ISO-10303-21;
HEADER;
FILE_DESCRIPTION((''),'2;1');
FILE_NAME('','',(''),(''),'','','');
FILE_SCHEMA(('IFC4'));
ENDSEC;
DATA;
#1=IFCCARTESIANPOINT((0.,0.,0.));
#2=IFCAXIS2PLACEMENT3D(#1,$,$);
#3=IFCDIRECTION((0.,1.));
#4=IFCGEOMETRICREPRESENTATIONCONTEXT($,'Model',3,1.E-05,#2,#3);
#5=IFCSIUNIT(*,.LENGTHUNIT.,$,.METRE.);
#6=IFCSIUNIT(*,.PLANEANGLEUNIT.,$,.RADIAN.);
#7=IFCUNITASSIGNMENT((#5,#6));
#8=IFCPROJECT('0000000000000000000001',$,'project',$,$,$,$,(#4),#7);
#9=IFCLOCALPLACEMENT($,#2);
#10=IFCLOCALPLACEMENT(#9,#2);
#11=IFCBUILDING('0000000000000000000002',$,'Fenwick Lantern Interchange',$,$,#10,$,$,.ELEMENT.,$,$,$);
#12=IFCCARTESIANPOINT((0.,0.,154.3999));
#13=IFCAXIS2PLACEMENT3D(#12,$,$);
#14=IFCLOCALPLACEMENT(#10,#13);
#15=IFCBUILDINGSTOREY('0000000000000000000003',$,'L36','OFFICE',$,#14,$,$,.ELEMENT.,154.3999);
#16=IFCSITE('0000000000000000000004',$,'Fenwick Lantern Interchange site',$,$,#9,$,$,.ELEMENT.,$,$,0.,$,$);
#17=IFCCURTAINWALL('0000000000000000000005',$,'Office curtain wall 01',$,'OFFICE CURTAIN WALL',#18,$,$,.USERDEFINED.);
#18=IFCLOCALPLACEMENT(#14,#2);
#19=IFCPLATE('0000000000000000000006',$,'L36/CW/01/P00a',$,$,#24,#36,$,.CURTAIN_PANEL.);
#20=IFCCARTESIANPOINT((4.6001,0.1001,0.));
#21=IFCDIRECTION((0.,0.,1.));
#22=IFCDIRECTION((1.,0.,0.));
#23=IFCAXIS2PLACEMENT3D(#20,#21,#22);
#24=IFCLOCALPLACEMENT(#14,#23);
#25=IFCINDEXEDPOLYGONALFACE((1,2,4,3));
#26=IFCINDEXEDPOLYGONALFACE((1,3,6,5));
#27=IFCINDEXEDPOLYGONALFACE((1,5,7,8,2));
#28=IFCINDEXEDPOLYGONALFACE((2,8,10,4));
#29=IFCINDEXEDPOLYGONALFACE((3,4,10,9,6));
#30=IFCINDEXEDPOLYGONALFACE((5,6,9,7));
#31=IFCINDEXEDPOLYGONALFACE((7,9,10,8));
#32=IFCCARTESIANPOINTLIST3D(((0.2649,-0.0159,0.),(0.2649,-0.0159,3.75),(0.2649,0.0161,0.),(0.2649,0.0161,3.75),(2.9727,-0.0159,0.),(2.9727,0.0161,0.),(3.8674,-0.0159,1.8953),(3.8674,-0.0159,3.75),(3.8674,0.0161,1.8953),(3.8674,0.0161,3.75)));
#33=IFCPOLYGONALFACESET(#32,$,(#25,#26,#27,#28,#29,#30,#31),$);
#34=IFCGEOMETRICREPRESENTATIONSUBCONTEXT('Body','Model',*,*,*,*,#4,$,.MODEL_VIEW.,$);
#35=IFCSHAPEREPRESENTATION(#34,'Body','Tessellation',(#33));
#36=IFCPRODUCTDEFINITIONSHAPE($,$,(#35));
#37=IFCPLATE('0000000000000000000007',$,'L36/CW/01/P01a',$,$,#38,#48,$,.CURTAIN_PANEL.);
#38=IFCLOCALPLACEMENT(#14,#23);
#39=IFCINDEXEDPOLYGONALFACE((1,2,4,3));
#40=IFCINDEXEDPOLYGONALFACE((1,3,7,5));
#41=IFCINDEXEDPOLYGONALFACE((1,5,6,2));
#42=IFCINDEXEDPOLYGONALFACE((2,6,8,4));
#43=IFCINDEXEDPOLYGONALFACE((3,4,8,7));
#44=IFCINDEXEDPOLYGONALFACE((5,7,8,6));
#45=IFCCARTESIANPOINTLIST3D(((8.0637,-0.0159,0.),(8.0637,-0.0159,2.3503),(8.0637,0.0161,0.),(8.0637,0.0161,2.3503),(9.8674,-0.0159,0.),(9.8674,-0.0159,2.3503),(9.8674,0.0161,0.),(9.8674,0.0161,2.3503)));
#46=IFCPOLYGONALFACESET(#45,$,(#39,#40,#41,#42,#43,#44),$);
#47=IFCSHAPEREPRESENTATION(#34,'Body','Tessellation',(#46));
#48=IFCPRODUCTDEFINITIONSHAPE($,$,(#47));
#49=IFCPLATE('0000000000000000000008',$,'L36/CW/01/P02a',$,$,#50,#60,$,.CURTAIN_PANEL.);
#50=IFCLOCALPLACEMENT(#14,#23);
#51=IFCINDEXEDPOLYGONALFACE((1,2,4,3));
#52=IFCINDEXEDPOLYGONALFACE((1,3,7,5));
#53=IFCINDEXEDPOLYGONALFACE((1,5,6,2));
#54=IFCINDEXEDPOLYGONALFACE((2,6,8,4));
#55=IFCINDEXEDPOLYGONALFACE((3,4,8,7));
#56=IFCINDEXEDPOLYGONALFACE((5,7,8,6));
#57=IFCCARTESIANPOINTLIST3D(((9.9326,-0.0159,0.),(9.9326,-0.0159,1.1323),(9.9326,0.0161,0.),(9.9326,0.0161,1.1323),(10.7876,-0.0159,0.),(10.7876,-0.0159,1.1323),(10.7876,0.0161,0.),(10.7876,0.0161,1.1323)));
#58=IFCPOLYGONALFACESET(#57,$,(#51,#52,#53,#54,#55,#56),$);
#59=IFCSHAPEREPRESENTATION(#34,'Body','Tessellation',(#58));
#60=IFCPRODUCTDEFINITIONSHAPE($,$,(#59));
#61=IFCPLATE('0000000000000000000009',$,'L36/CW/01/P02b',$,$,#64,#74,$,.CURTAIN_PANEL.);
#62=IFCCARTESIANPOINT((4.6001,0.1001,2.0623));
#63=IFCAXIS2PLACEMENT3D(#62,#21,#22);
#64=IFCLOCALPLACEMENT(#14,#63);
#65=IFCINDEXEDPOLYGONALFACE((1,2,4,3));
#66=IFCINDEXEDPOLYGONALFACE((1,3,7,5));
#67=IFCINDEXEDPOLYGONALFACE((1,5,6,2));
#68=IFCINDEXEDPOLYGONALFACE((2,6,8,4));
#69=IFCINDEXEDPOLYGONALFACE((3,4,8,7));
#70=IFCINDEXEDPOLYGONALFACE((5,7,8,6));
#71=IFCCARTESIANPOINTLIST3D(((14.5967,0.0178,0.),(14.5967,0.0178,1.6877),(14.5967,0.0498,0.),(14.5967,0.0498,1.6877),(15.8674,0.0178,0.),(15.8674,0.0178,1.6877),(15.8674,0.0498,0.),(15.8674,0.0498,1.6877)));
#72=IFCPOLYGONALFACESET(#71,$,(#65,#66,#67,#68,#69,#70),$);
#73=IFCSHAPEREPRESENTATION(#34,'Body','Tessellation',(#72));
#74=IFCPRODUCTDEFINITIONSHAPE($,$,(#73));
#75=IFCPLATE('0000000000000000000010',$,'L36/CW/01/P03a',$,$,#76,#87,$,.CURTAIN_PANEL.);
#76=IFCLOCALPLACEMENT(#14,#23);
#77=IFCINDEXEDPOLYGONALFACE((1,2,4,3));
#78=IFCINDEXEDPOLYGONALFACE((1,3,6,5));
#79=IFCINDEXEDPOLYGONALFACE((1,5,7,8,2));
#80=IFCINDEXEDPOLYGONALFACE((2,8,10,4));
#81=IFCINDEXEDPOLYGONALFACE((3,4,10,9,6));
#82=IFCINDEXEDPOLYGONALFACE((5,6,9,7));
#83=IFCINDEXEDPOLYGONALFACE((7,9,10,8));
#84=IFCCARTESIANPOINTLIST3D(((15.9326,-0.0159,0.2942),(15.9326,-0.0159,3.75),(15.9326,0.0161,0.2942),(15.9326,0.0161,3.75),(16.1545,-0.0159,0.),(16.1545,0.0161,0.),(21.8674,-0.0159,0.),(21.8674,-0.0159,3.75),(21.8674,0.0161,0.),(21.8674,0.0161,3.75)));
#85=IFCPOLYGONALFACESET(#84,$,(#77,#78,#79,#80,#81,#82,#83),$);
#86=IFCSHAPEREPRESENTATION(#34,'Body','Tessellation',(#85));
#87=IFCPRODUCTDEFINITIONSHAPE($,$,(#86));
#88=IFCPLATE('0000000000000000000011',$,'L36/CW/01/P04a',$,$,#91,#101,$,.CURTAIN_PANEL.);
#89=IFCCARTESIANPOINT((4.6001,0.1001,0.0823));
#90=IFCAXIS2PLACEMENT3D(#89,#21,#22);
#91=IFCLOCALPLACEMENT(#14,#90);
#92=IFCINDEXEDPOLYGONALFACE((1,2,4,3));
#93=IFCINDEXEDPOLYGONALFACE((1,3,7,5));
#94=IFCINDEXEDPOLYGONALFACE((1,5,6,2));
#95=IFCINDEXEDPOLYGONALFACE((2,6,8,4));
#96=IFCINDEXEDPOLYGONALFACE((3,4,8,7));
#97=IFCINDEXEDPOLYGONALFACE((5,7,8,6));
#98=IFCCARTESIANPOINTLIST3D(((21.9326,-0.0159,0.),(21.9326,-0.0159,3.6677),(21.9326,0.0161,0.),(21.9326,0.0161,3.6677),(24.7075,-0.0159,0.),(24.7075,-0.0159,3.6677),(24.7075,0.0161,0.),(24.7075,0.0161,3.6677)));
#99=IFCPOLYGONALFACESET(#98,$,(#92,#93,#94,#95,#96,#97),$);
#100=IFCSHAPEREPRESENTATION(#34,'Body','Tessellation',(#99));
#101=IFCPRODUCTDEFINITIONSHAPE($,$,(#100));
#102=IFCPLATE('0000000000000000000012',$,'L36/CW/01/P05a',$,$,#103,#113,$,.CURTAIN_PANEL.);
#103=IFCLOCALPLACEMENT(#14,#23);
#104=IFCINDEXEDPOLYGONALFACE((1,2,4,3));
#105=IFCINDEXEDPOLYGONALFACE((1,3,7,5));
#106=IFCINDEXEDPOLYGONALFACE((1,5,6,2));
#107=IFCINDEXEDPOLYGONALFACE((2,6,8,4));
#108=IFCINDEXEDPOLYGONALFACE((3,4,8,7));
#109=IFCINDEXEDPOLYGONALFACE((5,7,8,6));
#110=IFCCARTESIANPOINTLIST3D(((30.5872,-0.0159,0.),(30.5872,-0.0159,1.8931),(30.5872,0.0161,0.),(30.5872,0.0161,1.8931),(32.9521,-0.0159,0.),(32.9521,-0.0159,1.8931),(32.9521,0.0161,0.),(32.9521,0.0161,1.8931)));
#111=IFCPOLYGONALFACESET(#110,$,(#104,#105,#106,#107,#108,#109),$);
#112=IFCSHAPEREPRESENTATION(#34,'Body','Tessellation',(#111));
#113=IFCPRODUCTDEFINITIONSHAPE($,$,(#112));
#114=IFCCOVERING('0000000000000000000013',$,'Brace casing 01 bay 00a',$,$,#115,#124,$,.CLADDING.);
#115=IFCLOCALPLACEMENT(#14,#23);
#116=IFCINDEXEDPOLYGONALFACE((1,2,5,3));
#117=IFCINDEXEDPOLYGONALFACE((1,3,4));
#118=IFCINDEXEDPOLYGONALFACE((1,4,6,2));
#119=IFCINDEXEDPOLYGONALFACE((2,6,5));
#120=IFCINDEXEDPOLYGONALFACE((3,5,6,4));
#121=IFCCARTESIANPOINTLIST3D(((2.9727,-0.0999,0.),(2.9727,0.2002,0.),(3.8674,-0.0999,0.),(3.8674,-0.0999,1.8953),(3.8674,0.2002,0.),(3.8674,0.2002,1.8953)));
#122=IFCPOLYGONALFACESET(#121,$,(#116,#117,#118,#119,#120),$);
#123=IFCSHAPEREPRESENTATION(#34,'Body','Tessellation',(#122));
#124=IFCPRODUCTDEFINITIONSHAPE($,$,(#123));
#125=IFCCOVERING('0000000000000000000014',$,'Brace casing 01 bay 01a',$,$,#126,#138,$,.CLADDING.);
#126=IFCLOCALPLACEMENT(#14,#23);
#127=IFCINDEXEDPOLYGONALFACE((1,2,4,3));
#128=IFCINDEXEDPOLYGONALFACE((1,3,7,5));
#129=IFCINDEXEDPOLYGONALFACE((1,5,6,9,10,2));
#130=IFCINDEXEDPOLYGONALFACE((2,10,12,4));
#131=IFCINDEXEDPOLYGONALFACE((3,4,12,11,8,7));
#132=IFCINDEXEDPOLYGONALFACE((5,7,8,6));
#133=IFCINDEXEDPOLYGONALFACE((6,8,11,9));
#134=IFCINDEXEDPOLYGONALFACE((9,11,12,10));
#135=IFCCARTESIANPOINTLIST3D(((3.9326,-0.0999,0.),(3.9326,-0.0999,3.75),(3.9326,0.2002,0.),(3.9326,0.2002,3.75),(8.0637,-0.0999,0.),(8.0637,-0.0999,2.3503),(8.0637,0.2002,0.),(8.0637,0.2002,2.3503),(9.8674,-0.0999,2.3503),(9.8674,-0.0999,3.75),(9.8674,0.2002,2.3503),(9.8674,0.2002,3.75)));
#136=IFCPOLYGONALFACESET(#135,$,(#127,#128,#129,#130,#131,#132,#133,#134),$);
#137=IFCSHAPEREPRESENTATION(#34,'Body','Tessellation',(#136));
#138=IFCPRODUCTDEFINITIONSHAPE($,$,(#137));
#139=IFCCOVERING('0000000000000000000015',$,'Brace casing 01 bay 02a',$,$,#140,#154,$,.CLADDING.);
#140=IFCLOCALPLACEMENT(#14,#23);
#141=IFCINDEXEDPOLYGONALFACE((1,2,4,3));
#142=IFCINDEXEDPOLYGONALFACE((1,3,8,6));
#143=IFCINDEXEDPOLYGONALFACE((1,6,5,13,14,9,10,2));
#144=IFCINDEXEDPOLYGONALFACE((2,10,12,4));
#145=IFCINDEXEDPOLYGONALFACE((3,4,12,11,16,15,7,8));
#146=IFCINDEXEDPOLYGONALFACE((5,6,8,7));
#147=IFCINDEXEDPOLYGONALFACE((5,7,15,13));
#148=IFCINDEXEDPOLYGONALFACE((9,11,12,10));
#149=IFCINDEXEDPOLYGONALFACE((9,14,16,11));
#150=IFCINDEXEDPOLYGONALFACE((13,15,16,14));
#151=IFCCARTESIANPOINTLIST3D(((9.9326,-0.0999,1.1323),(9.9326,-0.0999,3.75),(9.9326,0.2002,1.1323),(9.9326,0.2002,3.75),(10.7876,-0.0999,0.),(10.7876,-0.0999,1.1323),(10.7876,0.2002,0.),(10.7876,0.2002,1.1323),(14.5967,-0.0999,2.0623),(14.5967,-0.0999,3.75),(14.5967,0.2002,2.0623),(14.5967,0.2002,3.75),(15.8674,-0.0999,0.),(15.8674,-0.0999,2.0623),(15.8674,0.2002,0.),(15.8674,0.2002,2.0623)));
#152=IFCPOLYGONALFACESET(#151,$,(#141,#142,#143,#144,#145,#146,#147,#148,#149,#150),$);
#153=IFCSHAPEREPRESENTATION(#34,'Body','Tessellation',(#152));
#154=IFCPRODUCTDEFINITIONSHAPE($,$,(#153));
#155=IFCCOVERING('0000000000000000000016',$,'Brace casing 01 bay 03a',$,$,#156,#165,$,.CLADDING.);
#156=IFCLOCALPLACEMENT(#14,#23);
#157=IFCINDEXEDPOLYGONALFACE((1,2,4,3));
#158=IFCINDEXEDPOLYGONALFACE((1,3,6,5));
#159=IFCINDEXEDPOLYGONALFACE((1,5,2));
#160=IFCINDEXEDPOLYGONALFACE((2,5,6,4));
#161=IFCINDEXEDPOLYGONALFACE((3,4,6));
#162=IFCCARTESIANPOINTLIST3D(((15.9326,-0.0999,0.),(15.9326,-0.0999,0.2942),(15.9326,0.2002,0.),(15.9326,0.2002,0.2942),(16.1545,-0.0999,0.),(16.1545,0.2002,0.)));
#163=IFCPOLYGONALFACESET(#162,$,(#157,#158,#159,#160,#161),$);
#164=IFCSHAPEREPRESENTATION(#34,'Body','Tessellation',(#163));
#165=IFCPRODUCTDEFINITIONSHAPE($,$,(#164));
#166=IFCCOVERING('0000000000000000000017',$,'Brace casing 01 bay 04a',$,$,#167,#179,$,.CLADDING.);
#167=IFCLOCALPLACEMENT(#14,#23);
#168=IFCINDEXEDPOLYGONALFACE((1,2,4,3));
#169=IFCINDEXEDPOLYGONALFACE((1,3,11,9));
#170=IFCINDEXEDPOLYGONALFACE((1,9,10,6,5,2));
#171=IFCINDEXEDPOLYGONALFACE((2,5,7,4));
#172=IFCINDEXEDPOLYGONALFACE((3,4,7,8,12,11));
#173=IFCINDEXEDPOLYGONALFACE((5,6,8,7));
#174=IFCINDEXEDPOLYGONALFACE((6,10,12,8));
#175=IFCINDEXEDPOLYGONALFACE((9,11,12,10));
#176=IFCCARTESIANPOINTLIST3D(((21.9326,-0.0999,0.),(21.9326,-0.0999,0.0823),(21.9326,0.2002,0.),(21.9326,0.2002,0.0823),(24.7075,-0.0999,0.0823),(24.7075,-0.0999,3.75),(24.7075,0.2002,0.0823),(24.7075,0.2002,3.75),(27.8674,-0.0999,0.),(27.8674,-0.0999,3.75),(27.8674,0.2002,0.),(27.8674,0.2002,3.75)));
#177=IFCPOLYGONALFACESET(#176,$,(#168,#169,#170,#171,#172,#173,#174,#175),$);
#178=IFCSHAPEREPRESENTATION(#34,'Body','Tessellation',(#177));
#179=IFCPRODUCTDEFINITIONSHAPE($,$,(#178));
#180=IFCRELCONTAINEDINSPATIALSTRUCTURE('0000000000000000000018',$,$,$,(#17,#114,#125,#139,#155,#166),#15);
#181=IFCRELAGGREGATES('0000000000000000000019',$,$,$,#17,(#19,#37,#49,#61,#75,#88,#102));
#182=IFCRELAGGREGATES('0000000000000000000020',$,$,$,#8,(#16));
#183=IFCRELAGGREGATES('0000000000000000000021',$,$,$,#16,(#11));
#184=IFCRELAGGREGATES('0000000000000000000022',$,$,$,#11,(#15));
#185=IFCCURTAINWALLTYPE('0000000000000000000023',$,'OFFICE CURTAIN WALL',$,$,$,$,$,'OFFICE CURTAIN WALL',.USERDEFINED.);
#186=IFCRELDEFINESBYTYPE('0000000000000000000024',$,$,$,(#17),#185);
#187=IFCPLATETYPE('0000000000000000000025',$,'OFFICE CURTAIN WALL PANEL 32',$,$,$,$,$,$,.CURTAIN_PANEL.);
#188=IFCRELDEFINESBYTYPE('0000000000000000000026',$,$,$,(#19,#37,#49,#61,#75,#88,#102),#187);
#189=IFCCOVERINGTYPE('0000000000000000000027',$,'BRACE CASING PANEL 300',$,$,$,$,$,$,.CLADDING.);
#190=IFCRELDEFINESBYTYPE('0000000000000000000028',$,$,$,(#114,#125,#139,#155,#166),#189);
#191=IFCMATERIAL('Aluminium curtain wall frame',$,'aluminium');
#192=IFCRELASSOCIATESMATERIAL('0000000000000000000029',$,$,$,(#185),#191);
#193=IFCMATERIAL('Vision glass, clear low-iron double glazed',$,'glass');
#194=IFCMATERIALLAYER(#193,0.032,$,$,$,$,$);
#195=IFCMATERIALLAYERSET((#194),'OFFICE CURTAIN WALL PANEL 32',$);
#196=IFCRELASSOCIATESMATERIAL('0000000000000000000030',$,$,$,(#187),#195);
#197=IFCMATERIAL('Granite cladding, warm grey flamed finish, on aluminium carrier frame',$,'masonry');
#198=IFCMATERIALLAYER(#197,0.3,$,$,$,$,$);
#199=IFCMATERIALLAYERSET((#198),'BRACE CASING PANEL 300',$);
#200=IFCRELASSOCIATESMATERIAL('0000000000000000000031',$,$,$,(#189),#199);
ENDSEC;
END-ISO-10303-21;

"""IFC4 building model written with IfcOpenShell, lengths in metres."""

from ifc_helpers import new_model, si_unit, direction, frame, origin, place, context, subcontext, project, spatial, polyline, outline, extrude, material, layer, layer_set, type_object, element, aggregate, save


model = new_model("IFC4")

# Units and contexts
model_context = context("Model", 3, precision=1e-05, world=origin(), true_north=direction((0.0, 1.0)))
body_context = subcontext(model_context, "Body", "Model", "MODEL_VIEW")
ifc_project = project(units=[si_unit("LENGTHUNIT", "METRE"), si_unit("PLANEANGLEUNIT", "RADIAN")], contexts=[model_context])

# Site, building, storey
site_placement = place(None, origin())
site = spatial("IfcSite", under=ifc_project, at=site_placement, Name="Fenwick Lantern Interchange site", CompositionType="ELEMENT", RefElevation=0.0)
building_placement = place(site_placement, origin())
building = spatial("IfcBuilding", under=site, at=building_placement, Name="Fenwick Lantern Interchange", CompositionType="ELEMENT")
storey_placement = place(building_placement, frame((0.0, 0.0, 154.3999)))
storey = spatial("IfcBuildingStorey", under=building, at=storey_placement, Name="L36", Description="OFFICE", CompositionType="ELEMENT", Elevation=154.3999)

# Shared definitions
ifc_material_1 = material(Name="Aluminium curtain wall frame", Category="aluminium")
curtain_wall_type = type_object("IfcCurtainWallType", Name="OFFICE CURTAIN WALL", ElementType="OFFICE CURTAIN WALL", PredefinedType="USERDEFINED", material=ifc_material_1)

# Curtain wall, plates
curtain_wall_1_placement = place(storey_placement, origin())
curtain_wall_1 = element("IfcCurtainWall", 1, at=curtain_wall_1_placement, inside=storey, type_object=curtain_wall_type, Name="Office curtain wall 01", ObjectType="OFFICE CURTAIN WALL", PredefinedType="USERDEFINED")
ifc_material_2 = material(Name="Vision glass, clear low-iron double glazed", Category="glass")
ifc_layer_1 = layer(ifc_material_2, 0.032)
ifc_layer_set_1 = layer_set([ifc_layer_1], Name="OFFICE CURTAIN WALL PANEL 32")
plate_type = type_object("IfcPlateType", Name="OFFICE CURTAIN WALL PANEL 32", PredefinedType="CURTAIN_PANEL", material=ifc_layer_set_1)
plate_1_placement = place(storey_placement, frame((4.6001, 0.1001, 0.0), z_axis=(0.0, 0.0, 1.0), x_axis=(1.0, 0.0, 0.0)))
plate_1 = element("IfcPlate", 2, at=plate_1_placement, type_object=plate_type, Name="L36/CW/01/P00a", PredefinedType="CURTAIN_PANEL", context=body_context, shape_type="SweptSolid", body=[
    extrude(outline(polyline([(0.2649, 0.0), (2.9727, 0.0), (3.8674, 1.8953), (3.8674, 3.75), (0.2649, 3.75), (0.2649, 0.0)])), frame((0.0, 0.0161, 0.0), z_axis=(0.0, -1.0, 0.0), x_axis=(1.0, 0.0, 0.0)), (0.0, 0.0, 1.0), 0.032),
])
plate_2_placement = place(storey_placement, frame((4.6001, 0.1001, 0.0), z_axis=(0.0, 0.0, 1.0), x_axis=(1.0, 0.0, 0.0)))
plate_2 = element("IfcPlate", 3, at=plate_2_placement, type_object=plate_type, Name="L36/CW/01/P01a", PredefinedType="CURTAIN_PANEL", context=body_context, shape_type="SweptSolid", body=[
    extrude(outline(polyline([(8.0637, 0.0), (9.8674, 0.0), (9.8674, 2.3503), (8.0637, 2.3503), (8.0637, 0.0)])), frame((0.0, 0.0161, 0.0), z_axis=(0.0, -1.0, 0.0), x_axis=(1.0, 0.0, 0.0)), (0.0, 0.0, 1.0), 0.032),
])
plate_3_placement = place(storey_placement, frame((4.6001, 0.1001, 0.0), z_axis=(0.0, 0.0, 1.0), x_axis=(1.0, 0.0, 0.0)))
plate_3 = element("IfcPlate", 4, at=plate_3_placement, type_object=plate_type, Name="L36/CW/01/P02a", PredefinedType="CURTAIN_PANEL", context=body_context, shape_type="SweptSolid", body=[
    extrude(outline(polyline([(9.9326, 0.0), (10.7876, 0.0), (10.7876, 1.1323), (9.9326, 1.1323), (9.9326, 0.0)])), frame((0.0, 0.0161, 0.0), z_axis=(0.0, -1.0, 0.0), x_axis=(1.0, 0.0, 0.0)), (0.0, 0.0, 1.0), 0.032),
])
plate_4_placement = place(storey_placement, frame((4.6001, 0.1001, 2.0623), z_axis=(0.0, 0.0, 1.0), x_axis=(1.0, 0.0, 0.0)))
plate_4 = element("IfcPlate", 5, at=plate_4_placement, type_object=plate_type, Name="L36/CW/01/P02b", PredefinedType="CURTAIN_PANEL", context=body_context, shape_type="SweptSolid", body=[
    extrude(outline(polyline([(14.5967, 0.0), (15.8674, 0.0), (15.8674, 1.6877), (14.5967, 1.6877), (14.5967, 0.0)])), frame((0.0, 0.0498, 0.0), z_axis=(0.0, -1.0, 0.0), x_axis=(1.0, 0.0, 0.0)), (0.0, 0.0, 1.0), 0.032),
])
plate_5_placement = place(storey_placement, frame((4.6001, 0.1001, 0.0), z_axis=(0.0, 0.0, 1.0), x_axis=(1.0, 0.0, 0.0)))
plate_5 = element("IfcPlate", 6, at=plate_5_placement, type_object=plate_type, Name="L36/CW/01/P03a", PredefinedType="CURTAIN_PANEL", context=body_context, shape_type="SweptSolid", body=[
    extrude(outline(polyline([(16.1545, 0.0), (21.8674, 0.0), (21.8674, 3.75), (15.9326, 3.75), (15.9326, 0.2942), (16.1545, 0.0)])), frame((0.0, 0.0161, 0.0), z_axis=(0.0, -1.0, 0.0), x_axis=(1.0, 0.0, 0.0)), (0.0, 0.0, 1.0), 0.032),
])
plate_6_placement = place(storey_placement, frame((4.6001, 0.1001, 0.0823), z_axis=(0.0, 0.0, 1.0), x_axis=(1.0, 0.0, 0.0)))
plate_6 = element("IfcPlate", 7, at=plate_6_placement, type_object=plate_type, Name="L36/CW/01/P04a", PredefinedType="CURTAIN_PANEL", context=body_context, shape_type="SweptSolid", body=[
    extrude(outline(polyline([(21.9326, 0.0), (24.7075, 0.0), (24.7075, 3.6677), (21.9326, 3.6677), (21.9326, 0.0)])), frame((0.0, 0.0161, 0.0), z_axis=(0.0, -1.0, 0.0), x_axis=(1.0, 0.0, 0.0)), (0.0, 0.0, 1.0), 0.032),
])
plate_7_placement = place(storey_placement, frame((4.6001, 0.1001, 0.0), z_axis=(0.0, 0.0, 1.0), x_axis=(1.0, 0.0, 0.0)))
plate_7 = element("IfcPlate", 8, at=plate_7_placement, type_object=plate_type, Name="L36/CW/01/P05a", PredefinedType="CURTAIN_PANEL", context=body_context, shape_type="SweptSolid", body=[
    extrude(outline(polyline([(30.5872, 0.0), (32.9521, 0.0), (32.9521, 1.8931), (30.5872, 1.8931), (30.5872, 0.0)])), frame((0.0, 0.0161, 0.0), z_axis=(0.0, -1.0, 0.0), x_axis=(1.0, 0.0, 0.0)), (0.0, 0.0, 1.0), 0.032),
])
aggregate(curtain_wall_1, [plate_1, plate_2, plate_3, plate_4, plate_5, plate_6, plate_7])

# Coverings
ifc_material_3 = material(Name="Granite cladding, warm grey flamed finish, on aluminium carrier frame", Category="masonry")
ifc_layer_2 = layer(ifc_material_3, 0.3)
ifc_layer_set_2 = layer_set([ifc_layer_2], Name="BRACE CASING PANEL 300")
covering_type_1 = type_object("IfcCoveringType", Name="BRACE CASING PANEL 300", PredefinedType="CLADDING", material=ifc_layer_set_2)
covering_1_placement = place(storey_placement, frame((4.6001, 0.1001, 0.0), z_axis=(0.0, 0.0, 1.0), x_axis=(1.0, 0.0, 0.0)))
element("IfcCovering", 9, at=covering_1_placement, inside=storey, type_object=covering_type_1, Name="Brace casing 01 bay 00a", PredefinedType="CLADDING", context=body_context, shape_type="SweptSolid", body=[
    extrude(outline(polyline([(2.9727, 0.0), (3.8674, 0.0), (3.8674, 1.8953), (2.9727, 0.0)])), frame((0.0, 0.2002, 0.0), z_axis=(0.0, -1.0, 0.0), x_axis=(1.0, 0.0, 0.0)), (0.0, 0.0, 1.0), 0.3),
])
covering_2_placement = place(storey_placement, frame((4.6001, 0.1001, 0.0), z_axis=(0.0, 0.0, 1.0), x_axis=(1.0, 0.0, 0.0)))
element("IfcCovering", 10, at=covering_2_placement, inside=storey, type_object=covering_type_1, Name="Brace casing 01 bay 01a", PredefinedType="CLADDING", context=body_context, shape_type="SweptSolid", body=[
    extrude(outline(polyline([(3.9326, 0.0), (8.0637, 0.0), (8.0637, 2.3503), (9.8674, 2.3503), (9.8674, 3.75), (3.9326, 3.75), (3.9326, 0.0)])), frame((0.0, 0.2002, 0.0), z_axis=(0.0, -1.0, 0.0), x_axis=(1.0, 0.0, 0.0)), (0.0, 0.0, 1.0), 0.3),
])
covering_3_placement = place(storey_placement, frame((4.6001, 0.1001, 0.0), z_axis=(0.0, 0.0, 1.0), x_axis=(1.0, 0.0, 0.0)))
element("IfcCovering", 11, at=covering_3_placement, inside=storey, type_object=covering_type_1, Name="Brace casing 01 bay 02a", PredefinedType="CLADDING", context=body_context, shape_type="SweptSolid", body=[
    extrude(outline(polyline([(10.7876, 0.0), (15.8674, 0.0), (15.8674, 2.0623), (14.5967, 2.0623), (14.5967, 3.75), (9.9326, 3.75), (9.9326, 1.1323), (10.7876, 1.1323), (10.7876, 0.0)])), frame((0.0, 0.2002, 0.0), z_axis=(0.0, -1.0, 0.0), x_axis=(1.0, 0.0, 0.0)), (0.0, 0.0, 1.0), 0.3),
])
covering_4_placement = place(storey_placement, frame((4.6001, 0.1001, 0.0), z_axis=(0.0, 0.0, 1.0), x_axis=(1.0, 0.0, 0.0)))
element("IfcCovering", 12, at=covering_4_placement, inside=storey, type_object=covering_type_1, Name="Brace casing 01 bay 03a", PredefinedType="CLADDING", context=body_context, shape_type="SweptSolid", body=[
    extrude(outline(polyline([(15.9326, 0.0), (16.1545, 0.0), (15.9326, 0.2942), (15.9326, 0.0)])), frame((0.0, 0.2002, 0.0), z_axis=(0.0, -1.0, 0.0), x_axis=(1.0, 0.0, 0.0)), (0.0, 0.0, 1.0), 0.3),
])
covering_5_placement = place(storey_placement, frame((4.6001, 0.1001, 0.0), z_axis=(0.0, 0.0, 1.0), x_axis=(1.0, 0.0, 0.0)))
element("IfcCovering", 13, at=covering_5_placement, inside=storey, type_object=covering_type_1, Name="Brace casing 01 bay 04a", PredefinedType="CLADDING", context=body_context, shape_type="SweptSolid", body=[
    extrude(outline(polyline([(21.9326, 0.0), (27.8674, 0.0), (27.8674, 3.75), (24.7075, 3.75), (24.7075, 0.0823), (21.9326, 0.0823), (21.9326, 0.0)])), frame((0.0, 0.2002, 0.0), z_axis=(0.0, -1.0, 0.0), x_axis=(1.0, 0.0, 0.0)), (0.0, 0.0, 1.0), 0.3),
])

save(model, "model.ifc")
